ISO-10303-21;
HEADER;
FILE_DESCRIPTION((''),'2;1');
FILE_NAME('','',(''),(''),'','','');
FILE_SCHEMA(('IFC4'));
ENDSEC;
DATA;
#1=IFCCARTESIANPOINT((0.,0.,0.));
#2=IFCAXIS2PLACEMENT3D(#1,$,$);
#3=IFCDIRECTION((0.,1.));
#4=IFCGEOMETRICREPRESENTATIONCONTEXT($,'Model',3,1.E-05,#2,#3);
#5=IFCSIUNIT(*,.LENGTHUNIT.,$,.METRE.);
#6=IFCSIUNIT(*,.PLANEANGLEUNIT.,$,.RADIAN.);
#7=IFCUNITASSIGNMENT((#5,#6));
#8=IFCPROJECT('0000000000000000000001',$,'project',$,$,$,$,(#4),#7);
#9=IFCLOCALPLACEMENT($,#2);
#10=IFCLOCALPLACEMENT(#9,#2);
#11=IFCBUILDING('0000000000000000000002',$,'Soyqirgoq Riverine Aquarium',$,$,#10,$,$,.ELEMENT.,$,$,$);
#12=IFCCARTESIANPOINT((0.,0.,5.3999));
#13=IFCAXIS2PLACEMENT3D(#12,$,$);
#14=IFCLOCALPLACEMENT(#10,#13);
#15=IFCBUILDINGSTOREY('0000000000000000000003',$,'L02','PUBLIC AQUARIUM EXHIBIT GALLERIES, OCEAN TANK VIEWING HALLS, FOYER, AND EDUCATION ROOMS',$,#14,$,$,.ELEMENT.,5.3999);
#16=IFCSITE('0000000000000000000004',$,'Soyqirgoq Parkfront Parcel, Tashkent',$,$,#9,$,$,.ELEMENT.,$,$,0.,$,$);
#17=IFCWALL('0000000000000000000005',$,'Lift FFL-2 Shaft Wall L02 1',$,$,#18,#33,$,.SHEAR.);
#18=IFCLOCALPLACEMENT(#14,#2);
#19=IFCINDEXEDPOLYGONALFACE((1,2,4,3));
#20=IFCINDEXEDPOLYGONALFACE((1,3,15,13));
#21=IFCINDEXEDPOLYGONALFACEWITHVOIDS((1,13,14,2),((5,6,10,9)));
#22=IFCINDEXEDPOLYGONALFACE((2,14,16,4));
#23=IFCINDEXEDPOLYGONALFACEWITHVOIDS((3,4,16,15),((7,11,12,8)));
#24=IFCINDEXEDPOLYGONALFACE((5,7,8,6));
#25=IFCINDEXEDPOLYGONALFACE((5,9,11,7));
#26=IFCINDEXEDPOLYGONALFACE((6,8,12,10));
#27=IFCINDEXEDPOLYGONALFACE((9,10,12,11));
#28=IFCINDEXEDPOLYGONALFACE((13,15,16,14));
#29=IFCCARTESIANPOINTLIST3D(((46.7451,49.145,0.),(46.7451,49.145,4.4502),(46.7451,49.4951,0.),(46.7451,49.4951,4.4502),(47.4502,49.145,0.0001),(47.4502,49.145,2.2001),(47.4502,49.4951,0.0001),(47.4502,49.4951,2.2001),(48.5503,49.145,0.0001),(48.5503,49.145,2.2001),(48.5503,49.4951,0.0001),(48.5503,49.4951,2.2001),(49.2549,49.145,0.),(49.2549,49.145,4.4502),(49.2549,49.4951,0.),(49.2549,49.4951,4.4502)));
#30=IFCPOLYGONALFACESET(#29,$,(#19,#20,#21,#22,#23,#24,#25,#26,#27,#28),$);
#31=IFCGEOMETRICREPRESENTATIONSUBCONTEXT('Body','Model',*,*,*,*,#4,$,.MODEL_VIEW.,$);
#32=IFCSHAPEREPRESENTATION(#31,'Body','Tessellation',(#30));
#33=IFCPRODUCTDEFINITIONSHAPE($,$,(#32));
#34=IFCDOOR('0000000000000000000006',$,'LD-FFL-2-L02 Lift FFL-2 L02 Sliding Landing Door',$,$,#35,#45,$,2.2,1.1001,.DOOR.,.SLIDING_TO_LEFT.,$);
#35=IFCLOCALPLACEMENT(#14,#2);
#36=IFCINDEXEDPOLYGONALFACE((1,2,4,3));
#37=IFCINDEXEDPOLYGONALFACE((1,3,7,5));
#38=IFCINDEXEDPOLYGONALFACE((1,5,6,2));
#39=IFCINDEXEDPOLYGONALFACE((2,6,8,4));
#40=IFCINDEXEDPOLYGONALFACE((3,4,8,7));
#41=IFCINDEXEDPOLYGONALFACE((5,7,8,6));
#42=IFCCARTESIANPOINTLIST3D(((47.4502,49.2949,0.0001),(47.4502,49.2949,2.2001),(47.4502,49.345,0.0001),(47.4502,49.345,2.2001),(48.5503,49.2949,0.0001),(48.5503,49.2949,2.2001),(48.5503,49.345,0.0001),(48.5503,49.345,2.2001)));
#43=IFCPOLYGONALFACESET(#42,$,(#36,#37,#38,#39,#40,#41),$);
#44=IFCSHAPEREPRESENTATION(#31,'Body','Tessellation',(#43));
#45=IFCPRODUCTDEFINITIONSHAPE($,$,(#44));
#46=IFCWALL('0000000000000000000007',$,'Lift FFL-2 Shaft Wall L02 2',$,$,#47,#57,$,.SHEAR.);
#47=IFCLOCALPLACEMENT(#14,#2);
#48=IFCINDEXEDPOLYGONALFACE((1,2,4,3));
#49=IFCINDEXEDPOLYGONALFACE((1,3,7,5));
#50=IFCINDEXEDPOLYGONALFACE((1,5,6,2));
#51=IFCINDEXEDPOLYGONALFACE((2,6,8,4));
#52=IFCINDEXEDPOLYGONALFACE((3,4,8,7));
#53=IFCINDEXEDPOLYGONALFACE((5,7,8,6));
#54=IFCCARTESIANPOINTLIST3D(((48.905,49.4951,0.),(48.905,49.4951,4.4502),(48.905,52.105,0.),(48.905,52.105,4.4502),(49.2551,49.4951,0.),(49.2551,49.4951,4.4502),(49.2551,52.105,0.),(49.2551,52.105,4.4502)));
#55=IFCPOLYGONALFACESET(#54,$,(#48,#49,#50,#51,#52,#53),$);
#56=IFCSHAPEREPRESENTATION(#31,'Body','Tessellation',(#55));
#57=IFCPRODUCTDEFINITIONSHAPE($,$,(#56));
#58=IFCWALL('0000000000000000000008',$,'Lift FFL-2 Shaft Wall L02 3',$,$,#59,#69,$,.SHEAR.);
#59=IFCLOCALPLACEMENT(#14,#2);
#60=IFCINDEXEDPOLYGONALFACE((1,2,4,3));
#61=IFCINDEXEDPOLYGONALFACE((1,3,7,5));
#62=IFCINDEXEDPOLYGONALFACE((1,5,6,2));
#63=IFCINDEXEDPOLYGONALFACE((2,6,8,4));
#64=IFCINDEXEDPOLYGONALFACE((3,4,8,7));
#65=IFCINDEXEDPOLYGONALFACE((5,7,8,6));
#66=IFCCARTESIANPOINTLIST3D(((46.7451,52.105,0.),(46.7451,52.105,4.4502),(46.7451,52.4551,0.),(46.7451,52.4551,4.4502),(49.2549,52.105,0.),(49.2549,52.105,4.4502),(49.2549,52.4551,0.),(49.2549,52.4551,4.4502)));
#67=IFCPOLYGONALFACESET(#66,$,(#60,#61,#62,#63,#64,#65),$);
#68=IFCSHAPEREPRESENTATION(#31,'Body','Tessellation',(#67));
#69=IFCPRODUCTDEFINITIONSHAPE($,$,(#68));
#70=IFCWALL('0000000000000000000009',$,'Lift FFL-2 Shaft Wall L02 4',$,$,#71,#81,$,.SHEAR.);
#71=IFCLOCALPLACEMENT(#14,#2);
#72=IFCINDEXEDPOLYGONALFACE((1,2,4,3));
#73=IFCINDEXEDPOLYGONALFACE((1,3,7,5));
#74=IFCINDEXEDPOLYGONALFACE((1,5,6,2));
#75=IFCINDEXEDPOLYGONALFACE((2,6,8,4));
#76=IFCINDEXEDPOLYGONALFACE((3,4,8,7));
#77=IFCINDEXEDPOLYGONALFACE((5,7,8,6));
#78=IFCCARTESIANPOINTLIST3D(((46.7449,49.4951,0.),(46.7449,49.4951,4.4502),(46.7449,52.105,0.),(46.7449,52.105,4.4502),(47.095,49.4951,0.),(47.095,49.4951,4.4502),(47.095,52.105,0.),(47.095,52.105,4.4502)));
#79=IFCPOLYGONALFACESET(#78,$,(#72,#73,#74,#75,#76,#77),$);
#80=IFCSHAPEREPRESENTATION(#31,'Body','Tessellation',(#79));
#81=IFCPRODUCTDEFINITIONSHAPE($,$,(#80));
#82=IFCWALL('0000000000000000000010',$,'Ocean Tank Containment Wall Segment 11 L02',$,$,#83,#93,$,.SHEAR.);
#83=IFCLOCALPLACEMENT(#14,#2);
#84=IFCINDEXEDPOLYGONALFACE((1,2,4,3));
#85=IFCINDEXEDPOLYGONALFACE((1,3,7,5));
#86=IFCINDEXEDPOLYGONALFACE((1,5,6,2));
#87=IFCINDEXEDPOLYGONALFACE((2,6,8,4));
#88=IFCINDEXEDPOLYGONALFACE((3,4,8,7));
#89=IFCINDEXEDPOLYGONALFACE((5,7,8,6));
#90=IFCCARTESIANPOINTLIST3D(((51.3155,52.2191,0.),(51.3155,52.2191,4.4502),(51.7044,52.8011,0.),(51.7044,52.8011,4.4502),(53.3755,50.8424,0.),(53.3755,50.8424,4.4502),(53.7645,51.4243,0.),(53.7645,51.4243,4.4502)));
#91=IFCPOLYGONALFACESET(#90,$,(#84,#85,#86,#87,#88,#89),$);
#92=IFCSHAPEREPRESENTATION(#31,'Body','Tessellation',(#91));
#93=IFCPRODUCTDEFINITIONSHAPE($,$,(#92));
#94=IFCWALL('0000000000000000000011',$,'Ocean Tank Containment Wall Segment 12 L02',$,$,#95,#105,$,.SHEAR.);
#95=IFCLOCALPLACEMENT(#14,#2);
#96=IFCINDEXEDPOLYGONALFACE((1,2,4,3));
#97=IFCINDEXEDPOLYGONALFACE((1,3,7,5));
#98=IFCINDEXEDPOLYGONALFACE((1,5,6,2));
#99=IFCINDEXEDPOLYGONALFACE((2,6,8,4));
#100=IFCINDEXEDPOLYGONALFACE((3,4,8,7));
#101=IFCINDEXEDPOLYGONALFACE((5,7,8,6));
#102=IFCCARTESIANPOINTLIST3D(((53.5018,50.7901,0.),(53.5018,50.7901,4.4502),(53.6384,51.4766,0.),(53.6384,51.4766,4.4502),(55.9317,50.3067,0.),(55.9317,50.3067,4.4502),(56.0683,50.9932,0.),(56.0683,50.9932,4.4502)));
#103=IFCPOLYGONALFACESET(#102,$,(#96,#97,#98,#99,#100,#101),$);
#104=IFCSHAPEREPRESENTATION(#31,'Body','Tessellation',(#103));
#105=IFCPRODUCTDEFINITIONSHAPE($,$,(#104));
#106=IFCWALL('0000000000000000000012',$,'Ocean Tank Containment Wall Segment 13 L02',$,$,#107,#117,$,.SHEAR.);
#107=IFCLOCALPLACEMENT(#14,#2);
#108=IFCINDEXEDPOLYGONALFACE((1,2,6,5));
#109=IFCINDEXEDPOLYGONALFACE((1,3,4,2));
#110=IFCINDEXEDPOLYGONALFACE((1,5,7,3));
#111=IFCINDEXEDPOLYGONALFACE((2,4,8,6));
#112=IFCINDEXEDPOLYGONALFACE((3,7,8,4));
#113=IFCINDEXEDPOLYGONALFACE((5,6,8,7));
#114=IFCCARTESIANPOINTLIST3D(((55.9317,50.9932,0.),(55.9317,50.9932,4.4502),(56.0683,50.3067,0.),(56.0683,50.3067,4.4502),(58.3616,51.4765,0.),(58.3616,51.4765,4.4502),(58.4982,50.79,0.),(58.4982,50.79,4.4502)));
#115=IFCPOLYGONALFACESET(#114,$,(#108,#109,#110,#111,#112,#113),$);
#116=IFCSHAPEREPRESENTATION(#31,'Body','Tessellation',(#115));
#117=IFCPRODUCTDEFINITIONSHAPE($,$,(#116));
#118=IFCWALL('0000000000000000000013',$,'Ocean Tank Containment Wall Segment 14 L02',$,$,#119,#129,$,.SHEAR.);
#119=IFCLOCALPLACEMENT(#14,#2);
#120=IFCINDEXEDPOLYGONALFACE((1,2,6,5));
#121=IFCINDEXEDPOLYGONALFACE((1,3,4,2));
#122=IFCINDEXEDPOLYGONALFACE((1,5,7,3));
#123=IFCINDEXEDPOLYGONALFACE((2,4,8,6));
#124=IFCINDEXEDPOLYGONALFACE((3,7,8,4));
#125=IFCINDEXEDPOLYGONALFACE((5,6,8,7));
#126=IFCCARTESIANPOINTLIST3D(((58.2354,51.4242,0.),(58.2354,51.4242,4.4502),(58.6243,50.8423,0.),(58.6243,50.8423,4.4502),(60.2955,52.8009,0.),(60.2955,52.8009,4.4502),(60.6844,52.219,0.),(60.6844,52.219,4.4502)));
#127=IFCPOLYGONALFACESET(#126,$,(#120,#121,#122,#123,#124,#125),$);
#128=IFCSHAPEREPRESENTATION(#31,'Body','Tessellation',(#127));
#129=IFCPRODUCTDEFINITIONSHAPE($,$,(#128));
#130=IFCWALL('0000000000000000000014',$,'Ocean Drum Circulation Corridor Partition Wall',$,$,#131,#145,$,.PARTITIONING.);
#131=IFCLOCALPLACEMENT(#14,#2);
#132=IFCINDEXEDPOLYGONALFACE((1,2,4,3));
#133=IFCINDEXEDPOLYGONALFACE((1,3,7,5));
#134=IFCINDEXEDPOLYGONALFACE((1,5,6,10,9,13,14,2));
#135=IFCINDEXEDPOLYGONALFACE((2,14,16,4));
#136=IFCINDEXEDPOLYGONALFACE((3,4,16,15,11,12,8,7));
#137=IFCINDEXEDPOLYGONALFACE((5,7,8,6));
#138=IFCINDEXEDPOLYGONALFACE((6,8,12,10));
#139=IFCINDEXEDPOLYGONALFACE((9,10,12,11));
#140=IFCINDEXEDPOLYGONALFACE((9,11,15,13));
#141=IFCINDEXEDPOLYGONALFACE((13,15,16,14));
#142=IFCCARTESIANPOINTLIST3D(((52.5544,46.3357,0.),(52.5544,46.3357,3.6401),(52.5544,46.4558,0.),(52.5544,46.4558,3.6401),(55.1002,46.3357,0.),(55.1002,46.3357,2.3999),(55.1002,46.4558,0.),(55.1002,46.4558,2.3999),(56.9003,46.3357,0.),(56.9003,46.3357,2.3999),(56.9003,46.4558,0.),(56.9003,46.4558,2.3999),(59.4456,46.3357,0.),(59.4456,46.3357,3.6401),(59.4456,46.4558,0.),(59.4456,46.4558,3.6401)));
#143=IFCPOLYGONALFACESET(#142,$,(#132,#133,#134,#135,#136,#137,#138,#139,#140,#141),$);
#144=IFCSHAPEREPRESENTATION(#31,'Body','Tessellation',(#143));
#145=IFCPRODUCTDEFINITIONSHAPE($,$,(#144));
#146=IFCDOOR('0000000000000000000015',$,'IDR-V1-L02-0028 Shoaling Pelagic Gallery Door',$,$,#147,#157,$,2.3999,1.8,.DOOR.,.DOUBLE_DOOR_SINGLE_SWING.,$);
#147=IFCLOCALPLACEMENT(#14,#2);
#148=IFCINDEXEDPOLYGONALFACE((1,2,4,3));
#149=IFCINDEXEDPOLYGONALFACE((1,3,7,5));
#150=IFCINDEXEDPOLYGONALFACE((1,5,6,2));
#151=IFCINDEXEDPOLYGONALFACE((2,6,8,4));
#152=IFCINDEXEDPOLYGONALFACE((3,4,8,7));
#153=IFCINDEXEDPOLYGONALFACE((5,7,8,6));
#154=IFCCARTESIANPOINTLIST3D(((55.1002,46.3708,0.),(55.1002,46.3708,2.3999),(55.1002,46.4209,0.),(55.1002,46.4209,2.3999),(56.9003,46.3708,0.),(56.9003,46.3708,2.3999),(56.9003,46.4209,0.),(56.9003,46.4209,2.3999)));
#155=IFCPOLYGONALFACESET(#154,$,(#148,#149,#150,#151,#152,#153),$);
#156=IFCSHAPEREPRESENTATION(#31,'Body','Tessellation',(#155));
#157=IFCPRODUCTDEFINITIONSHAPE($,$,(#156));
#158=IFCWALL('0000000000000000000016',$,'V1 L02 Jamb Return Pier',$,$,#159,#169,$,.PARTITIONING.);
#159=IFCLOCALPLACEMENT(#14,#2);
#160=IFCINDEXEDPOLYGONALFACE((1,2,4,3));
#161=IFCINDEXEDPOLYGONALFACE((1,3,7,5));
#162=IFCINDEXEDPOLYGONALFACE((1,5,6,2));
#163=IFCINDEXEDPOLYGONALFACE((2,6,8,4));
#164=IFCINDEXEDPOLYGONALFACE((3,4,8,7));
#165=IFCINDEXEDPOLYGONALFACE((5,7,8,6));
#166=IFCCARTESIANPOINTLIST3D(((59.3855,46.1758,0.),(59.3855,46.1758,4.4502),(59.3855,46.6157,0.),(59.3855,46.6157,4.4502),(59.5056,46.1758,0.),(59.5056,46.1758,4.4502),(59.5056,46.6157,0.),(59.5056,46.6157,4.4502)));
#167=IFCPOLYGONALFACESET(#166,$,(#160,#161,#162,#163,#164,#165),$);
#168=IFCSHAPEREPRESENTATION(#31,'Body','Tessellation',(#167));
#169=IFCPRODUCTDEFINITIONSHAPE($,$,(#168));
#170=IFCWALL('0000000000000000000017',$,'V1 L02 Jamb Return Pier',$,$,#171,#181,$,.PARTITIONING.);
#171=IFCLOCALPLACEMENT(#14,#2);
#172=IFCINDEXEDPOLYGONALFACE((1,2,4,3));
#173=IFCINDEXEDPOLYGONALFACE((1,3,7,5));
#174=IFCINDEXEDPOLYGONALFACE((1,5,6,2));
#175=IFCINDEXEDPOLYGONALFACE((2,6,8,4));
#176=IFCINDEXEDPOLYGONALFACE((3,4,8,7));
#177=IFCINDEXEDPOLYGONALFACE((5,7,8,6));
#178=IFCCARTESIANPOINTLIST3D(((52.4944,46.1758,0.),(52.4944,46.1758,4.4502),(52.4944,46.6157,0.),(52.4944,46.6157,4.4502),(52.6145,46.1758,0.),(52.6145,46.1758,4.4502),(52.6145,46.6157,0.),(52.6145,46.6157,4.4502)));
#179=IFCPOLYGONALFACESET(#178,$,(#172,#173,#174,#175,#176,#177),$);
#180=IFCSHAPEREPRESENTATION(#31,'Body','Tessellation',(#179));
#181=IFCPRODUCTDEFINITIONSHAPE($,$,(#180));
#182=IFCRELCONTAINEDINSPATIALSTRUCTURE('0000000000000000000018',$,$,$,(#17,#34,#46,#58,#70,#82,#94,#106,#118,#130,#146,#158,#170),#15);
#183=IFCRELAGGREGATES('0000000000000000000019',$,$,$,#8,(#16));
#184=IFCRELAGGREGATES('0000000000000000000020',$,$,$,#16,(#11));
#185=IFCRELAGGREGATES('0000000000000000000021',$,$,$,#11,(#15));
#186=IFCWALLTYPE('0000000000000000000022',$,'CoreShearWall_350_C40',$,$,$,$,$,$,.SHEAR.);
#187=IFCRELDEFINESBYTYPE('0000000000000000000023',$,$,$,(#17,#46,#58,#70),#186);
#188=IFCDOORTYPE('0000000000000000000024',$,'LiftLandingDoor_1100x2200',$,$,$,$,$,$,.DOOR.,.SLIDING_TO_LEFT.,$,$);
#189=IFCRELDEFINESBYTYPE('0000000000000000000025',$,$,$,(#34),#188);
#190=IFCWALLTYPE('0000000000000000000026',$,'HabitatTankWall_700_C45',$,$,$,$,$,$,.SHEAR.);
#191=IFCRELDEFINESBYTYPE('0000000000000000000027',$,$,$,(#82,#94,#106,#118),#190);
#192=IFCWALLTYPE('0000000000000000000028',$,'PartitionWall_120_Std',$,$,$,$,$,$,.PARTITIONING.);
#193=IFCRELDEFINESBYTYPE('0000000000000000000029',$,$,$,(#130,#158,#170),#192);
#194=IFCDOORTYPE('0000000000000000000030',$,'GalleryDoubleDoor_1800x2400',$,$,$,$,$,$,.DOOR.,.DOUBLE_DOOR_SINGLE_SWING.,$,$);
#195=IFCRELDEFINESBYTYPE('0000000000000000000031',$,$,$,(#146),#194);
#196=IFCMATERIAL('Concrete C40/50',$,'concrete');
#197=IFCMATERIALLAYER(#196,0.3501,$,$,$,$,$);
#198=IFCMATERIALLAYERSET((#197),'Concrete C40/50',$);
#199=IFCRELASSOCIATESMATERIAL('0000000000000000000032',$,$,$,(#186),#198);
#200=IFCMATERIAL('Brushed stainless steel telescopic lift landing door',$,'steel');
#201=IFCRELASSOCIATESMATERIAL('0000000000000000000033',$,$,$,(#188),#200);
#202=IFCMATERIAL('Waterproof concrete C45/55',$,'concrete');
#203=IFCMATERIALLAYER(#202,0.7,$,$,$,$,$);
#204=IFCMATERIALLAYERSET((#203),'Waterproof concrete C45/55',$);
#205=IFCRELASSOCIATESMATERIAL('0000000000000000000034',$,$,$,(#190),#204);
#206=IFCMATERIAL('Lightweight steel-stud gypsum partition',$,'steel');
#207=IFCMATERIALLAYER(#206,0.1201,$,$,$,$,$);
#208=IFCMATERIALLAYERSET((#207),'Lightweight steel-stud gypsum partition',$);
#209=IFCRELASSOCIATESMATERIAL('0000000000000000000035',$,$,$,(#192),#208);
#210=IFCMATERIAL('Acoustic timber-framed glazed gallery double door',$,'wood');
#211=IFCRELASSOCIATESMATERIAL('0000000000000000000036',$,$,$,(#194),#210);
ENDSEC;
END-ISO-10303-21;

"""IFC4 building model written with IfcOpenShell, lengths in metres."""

from ifc_helpers import new_model, si_unit, direction, frame, frame_2d, origin, place, context, subcontext, project, spatial, rectangle, extrude, material, layer, layer_set, type_object, element, fill, save


model = new_model("IFC4")

# Units and contexts
model_context = context("Model", 3, precision=1e-05, world=origin(), true_north=direction((0.0, 1.0)))
body_context = subcontext(model_context, "Body", "Model", "MODEL_VIEW")
ifc_project = project(units=[si_unit("LENGTHUNIT", "METRE"), si_unit("PLANEANGLEUNIT", "RADIAN")], contexts=[model_context])

# Site, building, storey
site_placement = place(None, origin())
site = spatial("IfcSite", under=ifc_project, at=site_placement, Name="Soyqirgoq Parkfront Parcel, Tashkent", CompositionType="ELEMENT", RefElevation=0.0)
building_placement = place(site_placement, origin())
building = spatial("IfcBuilding", under=site, at=building_placement, Name="Soyqirgoq Riverine Aquarium", CompositionType="ELEMENT")
storey_placement = place(building_placement, frame((0.0, 0.0, 5.3999)))
storey = spatial("IfcBuildingStorey", under=building, at=storey_placement, Name="L02", Description="PUBLIC AQUARIUM EXHIBIT GALLERIES, OCEAN TANK VIEWING HALLS, FOYER, AND EDUCATION ROOMS", CompositionType="ELEMENT", Elevation=5.3999)

# Wall, opening, door
ifc_material_1 = material(Name="Concrete C40/50", Category="concrete")
ifc_layer_1 = layer(ifc_material_1, 0.3501)
ifc_layer_set_1 = layer_set([ifc_layer_1], Name="Concrete C40/50")
wall_type_1 = type_object("IfcWallType", Name="CoreShearWall_350_C40", PredefinedType="SHEAR", material=ifc_layer_set_1)
wall_1_placement = place(storey_placement, frame((46.7451, 49.3201, 0.0), z_axis=(0.0, 0.0, 1.0), x_axis=(1.0, 0.0, 0.0)))
wall_1 = element("IfcWall", 1, at=wall_1_placement, inside=storey, type_object=wall_type_1, Name="Lift FFL-2 Shaft Wall L02 1", PredefinedType="SHEAR", context=body_context, shape_type="SweptSolid", body=[
    extrude(rectangle(XDim=2.5098, YDim=0.3501, at=frame_2d((1.2549, 0.0))), origin(), (0.0, 0.0, 1.0), 4.4502),
])
opening_1_placement = place(wall_1_placement, frame((0.7051, 0.0, 0.0)))
opening_1 = element("IfcOpeningElement", 2, at=opening_1_placement, cuts=wall_1, PredefinedType="OPENING", context=body_context, shape_type="SweptSolid", body=[
    extrude(rectangle(XDim=1.1001, YDim=2.2, at=frame_2d((0.55, 1.1001))), frame((0.0, 0.1851, 0.0), z_axis=(0.0, -1.0, 0.0), x_axis=(1.0, 0.0, 0.0)), (0.0, 0.0, 1.0), 0.3701),
])
ifc_material_2 = material(Name="Brushed stainless steel telescopic lift landing door", Category="steel")
door_type_1 = type_object("IfcDoorType", Name="LiftLandingDoor_1100x2200", OperationType="SLIDING_TO_LEFT", PredefinedType="DOOR", material=ifc_material_2)
door_1_placement = place(opening_1_placement, origin())
door_1 = element("IfcDoor", 3, at=door_1_placement, inside=storey, type_object=door_type_1, Name="LD-FFL-2-L02 Lift FFL-2 L02 Sliding Landing Door", OperationType="SLIDING_TO_LEFT", OverallHeight=2.2, OverallWidth=1.1001, PredefinedType="DOOR", context=body_context, shape_type="SweptSolid", body=[
    extrude(rectangle(XDim=1.1001, YDim=2.2, at=frame_2d((0.55, 1.1001))), frame((0.0, 0.0249, 0.0), z_axis=(0.0, -1.0, 0.0), x_axis=(1.0, 0.0, 0.0)), (0.0, 0.0, 1.0), 0.05),
])
fill(opening_1, door_1)

# Walls
wall_2_placement = place(storey_placement, frame((49.0801, 49.4951, 0.0), z_axis=(0.0, 0.0, 1.0), x_axis=(0.0, 1.0, 0.0)))
element("IfcWall", 4, at=wall_2_placement, inside=storey, type_object=wall_type_1, Name="Lift FFL-2 Shaft Wall L02 2", PredefinedType="SHEAR", context=body_context, shape_type="SweptSolid", body=[
    extrude(rectangle(XDim=2.6099, YDim=0.3501, at=frame_2d((1.3049, 0.0))), origin(), (0.0, 0.0, 1.0), 4.4502),
])
wall_3_placement = place(storey_placement, frame((49.2549, 52.28, 0.0), z_axis=(0.0, 0.0, 1.0), x_axis=(-1.0, 0.0, 0.0)))
element("IfcWall", 5, at=wall_3_placement, inside=storey, type_object=wall_type_1, Name="Lift FFL-2 Shaft Wall L02 3", PredefinedType="SHEAR", context=body_context, shape_type="SweptSolid", body=[
    extrude(rectangle(XDim=2.5098, YDim=0.3501, at=frame_2d((1.2549, 0.0))), origin(), (0.0, 0.0, 1.0), 4.4502),
])
wall_4_placement = place(storey_placement, frame((46.9199, 52.105, 0.0), z_axis=(0.0, 0.0, 1.0), x_axis=(0.0, -1.0, 0.0)))
element("IfcWall", 6, at=wall_4_placement, inside=storey, type_object=wall_type_1, Name="Lift FFL-2 Shaft Wall L02 4", PredefinedType="SHEAR", context=body_context, shape_type="SweptSolid", body=[
    extrude(rectangle(XDim=2.6099, YDim=0.3501, at=frame_2d((1.3049, 0.0))), origin(), (0.0, 0.0, 1.0), 4.4502),
])
ifc_material_3 = material(Name="Waterproof concrete C45/55", Category="concrete")
ifc_layer_2 = layer(ifc_material_3, 0.7)
ifc_layer_set_2 = layer_set([ifc_layer_2], Name="Waterproof concrete C45/55")
wall_type_2 = type_object("IfcWallType", Name="HabitatTankWall_700_C45", PredefinedType="SHEAR", material=ifc_layer_set_2)
wall_5_placement = place(storey_placement, frame((51.51, 52.51, 0.0), z_axis=(0.0, 0.0, 1.0), x_axis=(0.831428, -0.555632, 0.0)))
element("IfcWall", 7, at=wall_5_placement, inside=storey, type_object=wall_type_2, Name="Ocean Tank Containment Wall Segment 11 L02", PredefinedType="SHEAR", context=body_context, shape_type="SweptSolid", body=[
    extrude(rectangle(XDim=2.4778, YDim=0.7, at=frame_2d((1.2388, 0.0))), origin(), (0.0, 0.0, 1.0), 4.4502),
])
for number, where, z_axis, x_axis, name in (
    (8, (53.5701, 51.1333, 0.0), (0.0, 0.0, 1.0), (0.980781, -0.195112, 0.0), "Ocean Tank Containment Wall Segment 12 L02"),
    (9, (56.0, 50.6499, 0.0), (0.0, 0.0, 1.0), (0.980781, 0.195112, 0.0), "Ocean Tank Containment Wall Segment 13 L02"),
):
    element("IfcWall", number, at=place(storey_placement, frame(where, z_axis=z_axis, x_axis=x_axis)), inside=storey, type_object=wall_type_2, Name=name, PredefinedType="SHEAR", context=body_context, shape_type="SweptSolid", body=[
        extrude(rectangle(XDim=2.4775, YDim=0.7, at=frame_2d((1.2388, 0.0))), origin(), (0.0, 0.0, 1.0), 4.4502),
    ])
wall_6_placement = place(storey_placement, frame((58.4299, 51.1333, 0.0), z_axis=(0.0, 0.0, 1.0), x_axis=(0.831428, 0.555632, 0.0)))
element("IfcWall", 10, at=wall_6_placement, inside=storey, type_object=wall_type_2, Name="Ocean Tank Containment Wall Segment 14 L02", PredefinedType="SHEAR", context=body_context, shape_type="SweptSolid", body=[
    extrude(rectangle(XDim=2.4778, YDim=0.7, at=frame_2d((1.2388, 0.0))), origin(), (0.0, 0.0, 1.0), 4.4502),
])

# Wall, opening, door
ifc_material_4 = material(Name="Lightweight steel-stud gypsum partition", Category="steel")
ifc_layer_3 = layer(ifc_material_4, 0.1201)
ifc_layer_set_3 = layer_set([ifc_layer_3], Name="Lightweight steel-stud gypsum partition")
wall_type_3 = type_object("IfcWallType", Name="PartitionWall_120_Std", PredefinedType="PARTITIONING", material=ifc_layer_set_3)
wall_7_placement = place(storey_placement, frame((59.4456, 46.3958, 0.0), z_axis=(0.0, 0.0, 1.0), x_axis=(-1.0, 0.0, 0.0)))
wall_7 = element("IfcWall", 11, at=wall_7_placement, inside=storey, type_object=wall_type_3, Name="Ocean Drum Circulation Corridor Partition Wall", PredefinedType="PARTITIONING", context=body_context, shape_type="SweptSolid", body=[
    extrude(rectangle(XDim=6.8911, YDim=0.1201, at=frame_2d((3.4456, 0.0))), origin(), (0.0, 0.0, 1.0), 3.6401),
])
opening_2_placement = place(wall_7_placement, frame((2.5454, 0.0, 0.0)))
opening_2 = element("IfcOpeningElement", 12, at=opening_2_placement, cuts=wall_7, PredefinedType="OPENING", context=body_context, shape_type="SweptSolid", body=[
    extrude(rectangle(XDim=1.8, YDim=2.3999, at=frame_2d((0.8999, 1.2))), frame((0.0, 0.0701, 0.0), z_axis=(0.0, -1.0, 0.0), x_axis=(1.0, 0.0, 0.0)), (0.0, 0.0, 1.0), 0.1401),
])
ifc_material_5 = material(Name="Acoustic timber-framed glazed gallery double door", Category="wood")
door_type_2 = type_object("IfcDoorType", Name="GalleryDoubleDoor_1800x2400", OperationType="DOUBLE_DOOR_SINGLE_SWING", PredefinedType="DOOR", material=ifc_material_5)
door_2_placement = place(opening_2_placement, origin())
door_2 = element("IfcDoor", 13, at=door_2_placement, inside=storey, type_object=door_type_2, Name="IDR-V1-L02-0028 Shoaling Pelagic Gallery Door", OperationType="DOUBLE_DOOR_SINGLE_SWING", OverallHeight=2.3999, OverallWidth=1.8, PredefinedType="DOOR", context=body_context, shape_type="SweptSolid", body=[
    extrude(rectangle(XDim=1.8, YDim=2.3999, at=frame_2d((0.8999, 1.2))), frame((0.0, 0.0249, 0.0), z_axis=(0.0, -1.0, 0.0), x_axis=(1.0, 0.0, 0.0)), (0.0, 0.0, 1.0), 0.05),
])
fill(opening_2, door_2)

# Walls
for number, where, z_axis, x_axis, name in (
    (14, (59.4456, 46.6157, 0.0), (0.0, 0.0, 1.0), (0.0, -1.0, 0.0), "V1 L02 Jamb Return Pier"),
    (15, (52.5544, 46.6157, 0.0), (0.0, 0.0, 1.0), (0.0, -1.0, 0.0), "V1 L02 Jamb Return Pier"),
):
    element("IfcWall", number, at=place(storey_placement, frame(where, z_axis=z_axis, x_axis=x_axis)), inside=storey, type_object=wall_type_3, Name=name, PredefinedType="PARTITIONING", context=body_context, shape_type="SweptSolid", body=[
        extrude(rectangle(XDim=0.4399, YDim=0.1201, at=frame_2d((0.22, 0.0))), origin(), (0.0, 0.0, 1.0), 4.4502),
    ])

save(model, "model.ifc")
